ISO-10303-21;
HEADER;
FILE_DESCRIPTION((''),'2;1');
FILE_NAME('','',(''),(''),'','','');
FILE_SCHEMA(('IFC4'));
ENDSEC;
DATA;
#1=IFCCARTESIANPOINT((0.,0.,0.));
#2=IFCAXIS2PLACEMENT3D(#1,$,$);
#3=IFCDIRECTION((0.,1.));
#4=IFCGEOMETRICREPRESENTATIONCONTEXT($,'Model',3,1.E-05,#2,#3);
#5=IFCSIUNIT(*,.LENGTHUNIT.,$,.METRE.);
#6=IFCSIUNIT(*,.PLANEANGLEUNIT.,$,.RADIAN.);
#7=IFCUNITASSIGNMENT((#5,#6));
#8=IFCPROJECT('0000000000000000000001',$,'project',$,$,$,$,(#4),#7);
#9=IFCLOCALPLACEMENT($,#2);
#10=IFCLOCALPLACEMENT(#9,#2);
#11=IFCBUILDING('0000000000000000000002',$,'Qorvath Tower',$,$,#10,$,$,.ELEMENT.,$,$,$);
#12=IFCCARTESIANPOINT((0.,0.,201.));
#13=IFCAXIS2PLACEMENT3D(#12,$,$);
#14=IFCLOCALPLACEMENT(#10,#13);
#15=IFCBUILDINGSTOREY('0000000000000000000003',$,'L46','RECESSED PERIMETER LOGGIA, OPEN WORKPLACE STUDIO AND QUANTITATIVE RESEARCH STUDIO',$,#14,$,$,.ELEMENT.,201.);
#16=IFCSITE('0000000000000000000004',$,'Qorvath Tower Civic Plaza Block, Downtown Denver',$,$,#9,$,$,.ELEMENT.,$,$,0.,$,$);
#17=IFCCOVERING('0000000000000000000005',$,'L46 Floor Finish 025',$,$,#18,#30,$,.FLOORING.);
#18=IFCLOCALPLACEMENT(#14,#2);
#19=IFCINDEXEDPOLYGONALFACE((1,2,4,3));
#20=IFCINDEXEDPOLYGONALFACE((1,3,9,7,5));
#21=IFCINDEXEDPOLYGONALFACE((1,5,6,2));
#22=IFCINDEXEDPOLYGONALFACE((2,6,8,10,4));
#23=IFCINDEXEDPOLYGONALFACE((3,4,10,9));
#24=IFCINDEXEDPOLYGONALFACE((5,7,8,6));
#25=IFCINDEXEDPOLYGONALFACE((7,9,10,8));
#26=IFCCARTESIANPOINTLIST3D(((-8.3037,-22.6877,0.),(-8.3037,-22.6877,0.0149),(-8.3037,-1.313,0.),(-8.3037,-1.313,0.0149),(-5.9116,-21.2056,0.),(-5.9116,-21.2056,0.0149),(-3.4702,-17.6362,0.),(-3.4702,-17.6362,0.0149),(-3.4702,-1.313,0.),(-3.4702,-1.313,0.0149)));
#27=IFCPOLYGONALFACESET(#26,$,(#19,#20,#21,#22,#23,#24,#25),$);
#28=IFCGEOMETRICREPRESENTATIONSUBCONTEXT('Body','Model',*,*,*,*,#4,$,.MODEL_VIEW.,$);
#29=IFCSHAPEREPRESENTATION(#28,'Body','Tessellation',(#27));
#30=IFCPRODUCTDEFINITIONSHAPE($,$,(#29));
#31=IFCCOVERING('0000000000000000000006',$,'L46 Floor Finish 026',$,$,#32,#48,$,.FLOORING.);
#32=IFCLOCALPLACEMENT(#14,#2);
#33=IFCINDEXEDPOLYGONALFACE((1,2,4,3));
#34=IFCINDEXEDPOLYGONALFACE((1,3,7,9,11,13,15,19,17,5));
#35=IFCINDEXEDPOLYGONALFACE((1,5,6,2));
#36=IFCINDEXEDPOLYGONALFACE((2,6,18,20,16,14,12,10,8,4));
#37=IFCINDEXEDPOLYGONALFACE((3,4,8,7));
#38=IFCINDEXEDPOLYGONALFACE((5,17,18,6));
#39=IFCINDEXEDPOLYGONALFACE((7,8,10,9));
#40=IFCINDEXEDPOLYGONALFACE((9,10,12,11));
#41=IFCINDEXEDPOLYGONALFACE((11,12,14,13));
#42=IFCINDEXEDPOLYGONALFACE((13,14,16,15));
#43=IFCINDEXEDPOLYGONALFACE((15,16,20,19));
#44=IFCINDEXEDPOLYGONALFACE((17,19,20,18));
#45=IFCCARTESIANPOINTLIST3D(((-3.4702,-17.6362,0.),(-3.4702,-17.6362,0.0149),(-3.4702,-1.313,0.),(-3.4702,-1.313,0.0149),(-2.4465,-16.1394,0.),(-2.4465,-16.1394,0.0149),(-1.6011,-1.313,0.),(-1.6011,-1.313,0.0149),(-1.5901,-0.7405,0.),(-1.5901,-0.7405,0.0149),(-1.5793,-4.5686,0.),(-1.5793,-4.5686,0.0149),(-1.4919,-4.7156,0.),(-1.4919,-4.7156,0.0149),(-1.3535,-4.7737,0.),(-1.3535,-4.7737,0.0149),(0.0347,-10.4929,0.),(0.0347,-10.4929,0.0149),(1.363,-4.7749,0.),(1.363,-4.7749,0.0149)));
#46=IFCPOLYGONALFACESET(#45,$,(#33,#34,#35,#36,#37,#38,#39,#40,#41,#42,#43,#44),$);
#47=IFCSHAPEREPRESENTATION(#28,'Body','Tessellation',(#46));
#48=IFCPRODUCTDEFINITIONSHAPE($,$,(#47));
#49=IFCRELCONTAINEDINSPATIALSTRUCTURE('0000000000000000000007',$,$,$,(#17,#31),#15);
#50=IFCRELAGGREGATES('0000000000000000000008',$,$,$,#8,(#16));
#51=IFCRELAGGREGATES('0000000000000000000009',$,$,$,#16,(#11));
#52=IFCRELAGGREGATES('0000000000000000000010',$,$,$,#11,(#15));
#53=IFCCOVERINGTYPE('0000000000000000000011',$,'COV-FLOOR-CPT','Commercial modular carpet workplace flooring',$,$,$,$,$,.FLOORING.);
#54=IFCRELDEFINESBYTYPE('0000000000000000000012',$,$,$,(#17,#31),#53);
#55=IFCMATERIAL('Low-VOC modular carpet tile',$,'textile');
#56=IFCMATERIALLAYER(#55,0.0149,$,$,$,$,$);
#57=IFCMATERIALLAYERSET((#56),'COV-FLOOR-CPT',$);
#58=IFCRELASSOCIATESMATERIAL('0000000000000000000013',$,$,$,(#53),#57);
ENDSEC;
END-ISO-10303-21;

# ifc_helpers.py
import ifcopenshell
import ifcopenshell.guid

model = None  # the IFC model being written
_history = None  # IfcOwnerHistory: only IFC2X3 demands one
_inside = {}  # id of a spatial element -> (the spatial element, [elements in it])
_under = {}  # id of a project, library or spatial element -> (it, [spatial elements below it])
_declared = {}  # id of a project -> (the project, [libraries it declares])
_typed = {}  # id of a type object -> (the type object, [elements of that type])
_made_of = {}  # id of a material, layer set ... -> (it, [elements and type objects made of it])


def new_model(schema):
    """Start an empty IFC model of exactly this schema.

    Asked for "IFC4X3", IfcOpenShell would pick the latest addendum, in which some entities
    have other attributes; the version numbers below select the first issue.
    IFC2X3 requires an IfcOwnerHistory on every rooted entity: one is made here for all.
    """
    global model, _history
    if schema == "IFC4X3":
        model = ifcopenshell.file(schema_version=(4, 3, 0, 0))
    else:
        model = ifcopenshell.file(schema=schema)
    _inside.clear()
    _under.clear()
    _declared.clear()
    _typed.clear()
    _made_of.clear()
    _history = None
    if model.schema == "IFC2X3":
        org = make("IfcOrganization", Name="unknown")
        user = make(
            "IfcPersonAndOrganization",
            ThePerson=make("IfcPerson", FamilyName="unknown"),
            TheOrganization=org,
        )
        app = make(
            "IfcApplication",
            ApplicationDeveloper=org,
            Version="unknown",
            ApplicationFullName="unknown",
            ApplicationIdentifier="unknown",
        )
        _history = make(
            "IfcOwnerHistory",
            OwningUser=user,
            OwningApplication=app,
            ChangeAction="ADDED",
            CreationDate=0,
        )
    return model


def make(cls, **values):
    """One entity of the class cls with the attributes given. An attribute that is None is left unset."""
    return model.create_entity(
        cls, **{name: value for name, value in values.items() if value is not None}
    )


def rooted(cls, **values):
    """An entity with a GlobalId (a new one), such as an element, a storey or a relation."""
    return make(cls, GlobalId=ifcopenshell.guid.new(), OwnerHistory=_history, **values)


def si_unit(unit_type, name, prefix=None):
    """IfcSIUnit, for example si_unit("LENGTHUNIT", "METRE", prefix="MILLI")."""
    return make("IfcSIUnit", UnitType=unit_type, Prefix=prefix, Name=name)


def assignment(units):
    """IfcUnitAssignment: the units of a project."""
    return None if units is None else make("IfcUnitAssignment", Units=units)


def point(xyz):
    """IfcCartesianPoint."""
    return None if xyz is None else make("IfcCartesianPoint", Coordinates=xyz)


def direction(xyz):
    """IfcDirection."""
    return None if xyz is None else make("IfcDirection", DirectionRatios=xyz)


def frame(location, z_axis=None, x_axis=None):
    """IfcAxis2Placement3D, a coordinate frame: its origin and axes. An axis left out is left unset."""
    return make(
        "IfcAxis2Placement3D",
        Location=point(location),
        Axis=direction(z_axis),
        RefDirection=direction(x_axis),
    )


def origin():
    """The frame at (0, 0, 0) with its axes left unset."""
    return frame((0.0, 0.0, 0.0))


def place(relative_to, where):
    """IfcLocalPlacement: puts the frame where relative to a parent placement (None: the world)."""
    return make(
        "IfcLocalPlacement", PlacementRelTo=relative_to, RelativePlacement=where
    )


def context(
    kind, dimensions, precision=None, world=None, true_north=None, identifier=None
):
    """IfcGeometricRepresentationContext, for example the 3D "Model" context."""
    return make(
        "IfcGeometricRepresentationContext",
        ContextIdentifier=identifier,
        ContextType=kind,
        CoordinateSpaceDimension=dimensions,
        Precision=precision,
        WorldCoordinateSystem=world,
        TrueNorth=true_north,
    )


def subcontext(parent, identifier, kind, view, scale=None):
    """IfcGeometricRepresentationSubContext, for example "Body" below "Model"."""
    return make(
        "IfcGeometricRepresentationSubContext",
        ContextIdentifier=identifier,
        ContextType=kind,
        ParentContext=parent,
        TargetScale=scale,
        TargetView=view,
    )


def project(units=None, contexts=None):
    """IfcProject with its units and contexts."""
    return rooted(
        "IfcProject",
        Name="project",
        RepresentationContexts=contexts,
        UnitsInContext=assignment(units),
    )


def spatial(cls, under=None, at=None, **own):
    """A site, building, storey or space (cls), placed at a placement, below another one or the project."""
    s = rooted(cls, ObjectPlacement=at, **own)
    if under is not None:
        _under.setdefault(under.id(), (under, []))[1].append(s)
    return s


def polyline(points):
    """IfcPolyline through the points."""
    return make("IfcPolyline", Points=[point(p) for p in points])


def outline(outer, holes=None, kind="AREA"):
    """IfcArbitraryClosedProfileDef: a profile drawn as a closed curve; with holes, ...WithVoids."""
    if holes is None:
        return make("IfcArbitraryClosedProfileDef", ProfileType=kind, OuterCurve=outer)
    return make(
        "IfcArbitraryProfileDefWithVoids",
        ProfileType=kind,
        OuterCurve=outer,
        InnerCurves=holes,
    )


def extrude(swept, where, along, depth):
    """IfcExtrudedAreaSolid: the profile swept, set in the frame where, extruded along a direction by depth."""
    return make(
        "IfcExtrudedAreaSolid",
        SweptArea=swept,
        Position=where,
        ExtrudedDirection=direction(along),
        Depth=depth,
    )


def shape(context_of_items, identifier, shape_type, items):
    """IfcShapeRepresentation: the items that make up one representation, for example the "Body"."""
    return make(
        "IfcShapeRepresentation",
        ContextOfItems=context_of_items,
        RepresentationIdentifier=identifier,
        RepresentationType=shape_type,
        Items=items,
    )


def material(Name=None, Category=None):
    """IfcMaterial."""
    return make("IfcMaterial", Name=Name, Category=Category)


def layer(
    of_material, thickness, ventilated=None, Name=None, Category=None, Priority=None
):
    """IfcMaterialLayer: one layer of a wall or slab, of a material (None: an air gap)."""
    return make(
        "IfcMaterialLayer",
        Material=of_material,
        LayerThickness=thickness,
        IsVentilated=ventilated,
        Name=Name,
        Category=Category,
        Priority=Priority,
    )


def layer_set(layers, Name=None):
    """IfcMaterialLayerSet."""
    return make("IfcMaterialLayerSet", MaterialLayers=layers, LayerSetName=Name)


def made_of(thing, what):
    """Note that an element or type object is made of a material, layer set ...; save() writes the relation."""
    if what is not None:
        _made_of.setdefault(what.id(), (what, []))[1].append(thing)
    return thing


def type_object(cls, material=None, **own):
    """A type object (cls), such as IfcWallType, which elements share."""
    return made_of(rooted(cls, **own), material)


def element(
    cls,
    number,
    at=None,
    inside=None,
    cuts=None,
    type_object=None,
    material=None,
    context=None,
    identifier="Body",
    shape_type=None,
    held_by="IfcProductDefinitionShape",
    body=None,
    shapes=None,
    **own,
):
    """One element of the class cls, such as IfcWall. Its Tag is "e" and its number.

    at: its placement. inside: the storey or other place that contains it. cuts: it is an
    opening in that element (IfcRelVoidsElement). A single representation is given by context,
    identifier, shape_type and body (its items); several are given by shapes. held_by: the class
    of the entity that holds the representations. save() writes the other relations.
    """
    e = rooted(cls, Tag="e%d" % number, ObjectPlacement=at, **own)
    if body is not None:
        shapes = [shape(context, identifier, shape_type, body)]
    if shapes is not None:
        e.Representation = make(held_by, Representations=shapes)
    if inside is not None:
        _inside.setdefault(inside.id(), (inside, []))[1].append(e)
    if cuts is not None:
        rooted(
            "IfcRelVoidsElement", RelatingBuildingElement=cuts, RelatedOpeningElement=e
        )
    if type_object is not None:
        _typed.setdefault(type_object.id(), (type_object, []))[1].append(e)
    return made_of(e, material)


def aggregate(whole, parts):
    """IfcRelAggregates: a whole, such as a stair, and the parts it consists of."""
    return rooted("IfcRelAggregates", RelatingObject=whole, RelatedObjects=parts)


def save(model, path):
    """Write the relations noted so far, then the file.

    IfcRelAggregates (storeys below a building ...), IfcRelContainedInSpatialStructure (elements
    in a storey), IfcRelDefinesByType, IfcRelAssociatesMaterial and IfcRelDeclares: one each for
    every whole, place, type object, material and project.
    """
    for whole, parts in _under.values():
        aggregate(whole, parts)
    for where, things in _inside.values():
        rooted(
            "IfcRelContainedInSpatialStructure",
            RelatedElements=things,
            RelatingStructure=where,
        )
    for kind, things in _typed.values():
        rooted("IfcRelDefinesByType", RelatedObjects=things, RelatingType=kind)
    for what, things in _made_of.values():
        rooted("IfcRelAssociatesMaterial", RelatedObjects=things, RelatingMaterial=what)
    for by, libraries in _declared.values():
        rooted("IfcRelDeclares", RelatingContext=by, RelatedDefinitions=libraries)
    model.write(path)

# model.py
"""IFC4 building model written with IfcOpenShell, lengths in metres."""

from ifc_helpers import new_model, si_unit, direction, frame, origin, place, context, subcontext, project, spatial, polyline, outline, extrude, material, layer, layer_set, type_object, element, save


model = new_model("IFC4")

# Units and contexts
model_context = context("Model", 3, precision=1e-05, world=origin(), true_north=direction((0.0, 1.0)))
body_context = subcontext(model_context, "Body", "Model", "MODEL_VIEW")
ifc_project = project(units=[si_unit("LENGTHUNIT", "METRE"), si_unit("PLANEANGLEUNIT", "RADIAN")], contexts=[model_context])

# Site, building, storey
site_placement = place(None, origin())
site = spatial("IfcSite", under=ifc_project, at=site_placement, Name="Qorvath Tower Civic Plaza Block, Downtown Denver", CompositionType="ELEMENT", RefElevation=0.0)
building_placement = place(site_placement, origin())
building = spatial("IfcBuilding", under=site, at=building_placement, Name="Qorvath Tower", CompositionType="ELEMENT")
storey_placement = place(building_placement, frame((0.0, 0.0, 201.0)))
storey = spatial("IfcBuildingStorey", under=building, at=storey_placement, Name="L46", Description="RECESSED PERIMETER LOGGIA, OPEN WORKPLACE STUDIO AND QUANTITATIVE RESEARCH STUDIO", CompositionType="ELEMENT", Elevation=201.0)

# Coverings
ifc_material_1 = material(Name="Low-VOC modular carpet tile", Category="textile")
ifc_layer_1 = layer(ifc_material_1, 0.0149)
ifc_layer_set_1 = layer_set([ifc_layer_1], Name="COV-FLOOR-CPT")
covering_type_1 = type_object("IfcCoveringType", Name="COV-FLOOR-CPT", Description="Commercial modular carpet workplace flooring", PredefinedType="FLOORING", material=ifc_layer_set_1)
covering_1_placement = place(storey_placement, origin())
element("IfcCovering", 1, at=covering_1_placement, inside=storey, type_object=covering_type_1, Name="L46 Floor Finish 025", PredefinedType="FLOORING", context=body_context, shape_type="SweptSolid", body=[
    extrude(outline(polyline([(-3.4702, -17.6362), (-3.4702, -1.313), (-8.3037, -1.313), (-8.3037, -22.6877), (-5.9116, -21.2056), (-3.4702, -17.6362)])), origin(), (0.0, 0.0, 1.0), 0.0149),
])
covering_2_placement = place(storey_placement, origin())
element("IfcCovering", 2, at=covering_2_placement, inside=storey, type_object=covering_type_1, Name="L46 Floor Finish 026", PredefinedType="FLOORING", context=body_context, shape_type="SweptSolid", body=[
    extrude(outline(polyline([(-1.4919, -4.7156), (-1.5793, -4.5686), (-1.5901, -0.7405), (-1.6011, -1.313), (-3.4702, -1.313), (-3.4702, -17.6362), (-2.4465, -16.1394), (0.0347, -10.4929), (1.363, -4.7749), (-1.3535, -4.7737), (-1.4919, -4.7156)])), origin(), (0.0, 0.0, 1.0), 0.0149),
])

save(model, "model.ifc")
